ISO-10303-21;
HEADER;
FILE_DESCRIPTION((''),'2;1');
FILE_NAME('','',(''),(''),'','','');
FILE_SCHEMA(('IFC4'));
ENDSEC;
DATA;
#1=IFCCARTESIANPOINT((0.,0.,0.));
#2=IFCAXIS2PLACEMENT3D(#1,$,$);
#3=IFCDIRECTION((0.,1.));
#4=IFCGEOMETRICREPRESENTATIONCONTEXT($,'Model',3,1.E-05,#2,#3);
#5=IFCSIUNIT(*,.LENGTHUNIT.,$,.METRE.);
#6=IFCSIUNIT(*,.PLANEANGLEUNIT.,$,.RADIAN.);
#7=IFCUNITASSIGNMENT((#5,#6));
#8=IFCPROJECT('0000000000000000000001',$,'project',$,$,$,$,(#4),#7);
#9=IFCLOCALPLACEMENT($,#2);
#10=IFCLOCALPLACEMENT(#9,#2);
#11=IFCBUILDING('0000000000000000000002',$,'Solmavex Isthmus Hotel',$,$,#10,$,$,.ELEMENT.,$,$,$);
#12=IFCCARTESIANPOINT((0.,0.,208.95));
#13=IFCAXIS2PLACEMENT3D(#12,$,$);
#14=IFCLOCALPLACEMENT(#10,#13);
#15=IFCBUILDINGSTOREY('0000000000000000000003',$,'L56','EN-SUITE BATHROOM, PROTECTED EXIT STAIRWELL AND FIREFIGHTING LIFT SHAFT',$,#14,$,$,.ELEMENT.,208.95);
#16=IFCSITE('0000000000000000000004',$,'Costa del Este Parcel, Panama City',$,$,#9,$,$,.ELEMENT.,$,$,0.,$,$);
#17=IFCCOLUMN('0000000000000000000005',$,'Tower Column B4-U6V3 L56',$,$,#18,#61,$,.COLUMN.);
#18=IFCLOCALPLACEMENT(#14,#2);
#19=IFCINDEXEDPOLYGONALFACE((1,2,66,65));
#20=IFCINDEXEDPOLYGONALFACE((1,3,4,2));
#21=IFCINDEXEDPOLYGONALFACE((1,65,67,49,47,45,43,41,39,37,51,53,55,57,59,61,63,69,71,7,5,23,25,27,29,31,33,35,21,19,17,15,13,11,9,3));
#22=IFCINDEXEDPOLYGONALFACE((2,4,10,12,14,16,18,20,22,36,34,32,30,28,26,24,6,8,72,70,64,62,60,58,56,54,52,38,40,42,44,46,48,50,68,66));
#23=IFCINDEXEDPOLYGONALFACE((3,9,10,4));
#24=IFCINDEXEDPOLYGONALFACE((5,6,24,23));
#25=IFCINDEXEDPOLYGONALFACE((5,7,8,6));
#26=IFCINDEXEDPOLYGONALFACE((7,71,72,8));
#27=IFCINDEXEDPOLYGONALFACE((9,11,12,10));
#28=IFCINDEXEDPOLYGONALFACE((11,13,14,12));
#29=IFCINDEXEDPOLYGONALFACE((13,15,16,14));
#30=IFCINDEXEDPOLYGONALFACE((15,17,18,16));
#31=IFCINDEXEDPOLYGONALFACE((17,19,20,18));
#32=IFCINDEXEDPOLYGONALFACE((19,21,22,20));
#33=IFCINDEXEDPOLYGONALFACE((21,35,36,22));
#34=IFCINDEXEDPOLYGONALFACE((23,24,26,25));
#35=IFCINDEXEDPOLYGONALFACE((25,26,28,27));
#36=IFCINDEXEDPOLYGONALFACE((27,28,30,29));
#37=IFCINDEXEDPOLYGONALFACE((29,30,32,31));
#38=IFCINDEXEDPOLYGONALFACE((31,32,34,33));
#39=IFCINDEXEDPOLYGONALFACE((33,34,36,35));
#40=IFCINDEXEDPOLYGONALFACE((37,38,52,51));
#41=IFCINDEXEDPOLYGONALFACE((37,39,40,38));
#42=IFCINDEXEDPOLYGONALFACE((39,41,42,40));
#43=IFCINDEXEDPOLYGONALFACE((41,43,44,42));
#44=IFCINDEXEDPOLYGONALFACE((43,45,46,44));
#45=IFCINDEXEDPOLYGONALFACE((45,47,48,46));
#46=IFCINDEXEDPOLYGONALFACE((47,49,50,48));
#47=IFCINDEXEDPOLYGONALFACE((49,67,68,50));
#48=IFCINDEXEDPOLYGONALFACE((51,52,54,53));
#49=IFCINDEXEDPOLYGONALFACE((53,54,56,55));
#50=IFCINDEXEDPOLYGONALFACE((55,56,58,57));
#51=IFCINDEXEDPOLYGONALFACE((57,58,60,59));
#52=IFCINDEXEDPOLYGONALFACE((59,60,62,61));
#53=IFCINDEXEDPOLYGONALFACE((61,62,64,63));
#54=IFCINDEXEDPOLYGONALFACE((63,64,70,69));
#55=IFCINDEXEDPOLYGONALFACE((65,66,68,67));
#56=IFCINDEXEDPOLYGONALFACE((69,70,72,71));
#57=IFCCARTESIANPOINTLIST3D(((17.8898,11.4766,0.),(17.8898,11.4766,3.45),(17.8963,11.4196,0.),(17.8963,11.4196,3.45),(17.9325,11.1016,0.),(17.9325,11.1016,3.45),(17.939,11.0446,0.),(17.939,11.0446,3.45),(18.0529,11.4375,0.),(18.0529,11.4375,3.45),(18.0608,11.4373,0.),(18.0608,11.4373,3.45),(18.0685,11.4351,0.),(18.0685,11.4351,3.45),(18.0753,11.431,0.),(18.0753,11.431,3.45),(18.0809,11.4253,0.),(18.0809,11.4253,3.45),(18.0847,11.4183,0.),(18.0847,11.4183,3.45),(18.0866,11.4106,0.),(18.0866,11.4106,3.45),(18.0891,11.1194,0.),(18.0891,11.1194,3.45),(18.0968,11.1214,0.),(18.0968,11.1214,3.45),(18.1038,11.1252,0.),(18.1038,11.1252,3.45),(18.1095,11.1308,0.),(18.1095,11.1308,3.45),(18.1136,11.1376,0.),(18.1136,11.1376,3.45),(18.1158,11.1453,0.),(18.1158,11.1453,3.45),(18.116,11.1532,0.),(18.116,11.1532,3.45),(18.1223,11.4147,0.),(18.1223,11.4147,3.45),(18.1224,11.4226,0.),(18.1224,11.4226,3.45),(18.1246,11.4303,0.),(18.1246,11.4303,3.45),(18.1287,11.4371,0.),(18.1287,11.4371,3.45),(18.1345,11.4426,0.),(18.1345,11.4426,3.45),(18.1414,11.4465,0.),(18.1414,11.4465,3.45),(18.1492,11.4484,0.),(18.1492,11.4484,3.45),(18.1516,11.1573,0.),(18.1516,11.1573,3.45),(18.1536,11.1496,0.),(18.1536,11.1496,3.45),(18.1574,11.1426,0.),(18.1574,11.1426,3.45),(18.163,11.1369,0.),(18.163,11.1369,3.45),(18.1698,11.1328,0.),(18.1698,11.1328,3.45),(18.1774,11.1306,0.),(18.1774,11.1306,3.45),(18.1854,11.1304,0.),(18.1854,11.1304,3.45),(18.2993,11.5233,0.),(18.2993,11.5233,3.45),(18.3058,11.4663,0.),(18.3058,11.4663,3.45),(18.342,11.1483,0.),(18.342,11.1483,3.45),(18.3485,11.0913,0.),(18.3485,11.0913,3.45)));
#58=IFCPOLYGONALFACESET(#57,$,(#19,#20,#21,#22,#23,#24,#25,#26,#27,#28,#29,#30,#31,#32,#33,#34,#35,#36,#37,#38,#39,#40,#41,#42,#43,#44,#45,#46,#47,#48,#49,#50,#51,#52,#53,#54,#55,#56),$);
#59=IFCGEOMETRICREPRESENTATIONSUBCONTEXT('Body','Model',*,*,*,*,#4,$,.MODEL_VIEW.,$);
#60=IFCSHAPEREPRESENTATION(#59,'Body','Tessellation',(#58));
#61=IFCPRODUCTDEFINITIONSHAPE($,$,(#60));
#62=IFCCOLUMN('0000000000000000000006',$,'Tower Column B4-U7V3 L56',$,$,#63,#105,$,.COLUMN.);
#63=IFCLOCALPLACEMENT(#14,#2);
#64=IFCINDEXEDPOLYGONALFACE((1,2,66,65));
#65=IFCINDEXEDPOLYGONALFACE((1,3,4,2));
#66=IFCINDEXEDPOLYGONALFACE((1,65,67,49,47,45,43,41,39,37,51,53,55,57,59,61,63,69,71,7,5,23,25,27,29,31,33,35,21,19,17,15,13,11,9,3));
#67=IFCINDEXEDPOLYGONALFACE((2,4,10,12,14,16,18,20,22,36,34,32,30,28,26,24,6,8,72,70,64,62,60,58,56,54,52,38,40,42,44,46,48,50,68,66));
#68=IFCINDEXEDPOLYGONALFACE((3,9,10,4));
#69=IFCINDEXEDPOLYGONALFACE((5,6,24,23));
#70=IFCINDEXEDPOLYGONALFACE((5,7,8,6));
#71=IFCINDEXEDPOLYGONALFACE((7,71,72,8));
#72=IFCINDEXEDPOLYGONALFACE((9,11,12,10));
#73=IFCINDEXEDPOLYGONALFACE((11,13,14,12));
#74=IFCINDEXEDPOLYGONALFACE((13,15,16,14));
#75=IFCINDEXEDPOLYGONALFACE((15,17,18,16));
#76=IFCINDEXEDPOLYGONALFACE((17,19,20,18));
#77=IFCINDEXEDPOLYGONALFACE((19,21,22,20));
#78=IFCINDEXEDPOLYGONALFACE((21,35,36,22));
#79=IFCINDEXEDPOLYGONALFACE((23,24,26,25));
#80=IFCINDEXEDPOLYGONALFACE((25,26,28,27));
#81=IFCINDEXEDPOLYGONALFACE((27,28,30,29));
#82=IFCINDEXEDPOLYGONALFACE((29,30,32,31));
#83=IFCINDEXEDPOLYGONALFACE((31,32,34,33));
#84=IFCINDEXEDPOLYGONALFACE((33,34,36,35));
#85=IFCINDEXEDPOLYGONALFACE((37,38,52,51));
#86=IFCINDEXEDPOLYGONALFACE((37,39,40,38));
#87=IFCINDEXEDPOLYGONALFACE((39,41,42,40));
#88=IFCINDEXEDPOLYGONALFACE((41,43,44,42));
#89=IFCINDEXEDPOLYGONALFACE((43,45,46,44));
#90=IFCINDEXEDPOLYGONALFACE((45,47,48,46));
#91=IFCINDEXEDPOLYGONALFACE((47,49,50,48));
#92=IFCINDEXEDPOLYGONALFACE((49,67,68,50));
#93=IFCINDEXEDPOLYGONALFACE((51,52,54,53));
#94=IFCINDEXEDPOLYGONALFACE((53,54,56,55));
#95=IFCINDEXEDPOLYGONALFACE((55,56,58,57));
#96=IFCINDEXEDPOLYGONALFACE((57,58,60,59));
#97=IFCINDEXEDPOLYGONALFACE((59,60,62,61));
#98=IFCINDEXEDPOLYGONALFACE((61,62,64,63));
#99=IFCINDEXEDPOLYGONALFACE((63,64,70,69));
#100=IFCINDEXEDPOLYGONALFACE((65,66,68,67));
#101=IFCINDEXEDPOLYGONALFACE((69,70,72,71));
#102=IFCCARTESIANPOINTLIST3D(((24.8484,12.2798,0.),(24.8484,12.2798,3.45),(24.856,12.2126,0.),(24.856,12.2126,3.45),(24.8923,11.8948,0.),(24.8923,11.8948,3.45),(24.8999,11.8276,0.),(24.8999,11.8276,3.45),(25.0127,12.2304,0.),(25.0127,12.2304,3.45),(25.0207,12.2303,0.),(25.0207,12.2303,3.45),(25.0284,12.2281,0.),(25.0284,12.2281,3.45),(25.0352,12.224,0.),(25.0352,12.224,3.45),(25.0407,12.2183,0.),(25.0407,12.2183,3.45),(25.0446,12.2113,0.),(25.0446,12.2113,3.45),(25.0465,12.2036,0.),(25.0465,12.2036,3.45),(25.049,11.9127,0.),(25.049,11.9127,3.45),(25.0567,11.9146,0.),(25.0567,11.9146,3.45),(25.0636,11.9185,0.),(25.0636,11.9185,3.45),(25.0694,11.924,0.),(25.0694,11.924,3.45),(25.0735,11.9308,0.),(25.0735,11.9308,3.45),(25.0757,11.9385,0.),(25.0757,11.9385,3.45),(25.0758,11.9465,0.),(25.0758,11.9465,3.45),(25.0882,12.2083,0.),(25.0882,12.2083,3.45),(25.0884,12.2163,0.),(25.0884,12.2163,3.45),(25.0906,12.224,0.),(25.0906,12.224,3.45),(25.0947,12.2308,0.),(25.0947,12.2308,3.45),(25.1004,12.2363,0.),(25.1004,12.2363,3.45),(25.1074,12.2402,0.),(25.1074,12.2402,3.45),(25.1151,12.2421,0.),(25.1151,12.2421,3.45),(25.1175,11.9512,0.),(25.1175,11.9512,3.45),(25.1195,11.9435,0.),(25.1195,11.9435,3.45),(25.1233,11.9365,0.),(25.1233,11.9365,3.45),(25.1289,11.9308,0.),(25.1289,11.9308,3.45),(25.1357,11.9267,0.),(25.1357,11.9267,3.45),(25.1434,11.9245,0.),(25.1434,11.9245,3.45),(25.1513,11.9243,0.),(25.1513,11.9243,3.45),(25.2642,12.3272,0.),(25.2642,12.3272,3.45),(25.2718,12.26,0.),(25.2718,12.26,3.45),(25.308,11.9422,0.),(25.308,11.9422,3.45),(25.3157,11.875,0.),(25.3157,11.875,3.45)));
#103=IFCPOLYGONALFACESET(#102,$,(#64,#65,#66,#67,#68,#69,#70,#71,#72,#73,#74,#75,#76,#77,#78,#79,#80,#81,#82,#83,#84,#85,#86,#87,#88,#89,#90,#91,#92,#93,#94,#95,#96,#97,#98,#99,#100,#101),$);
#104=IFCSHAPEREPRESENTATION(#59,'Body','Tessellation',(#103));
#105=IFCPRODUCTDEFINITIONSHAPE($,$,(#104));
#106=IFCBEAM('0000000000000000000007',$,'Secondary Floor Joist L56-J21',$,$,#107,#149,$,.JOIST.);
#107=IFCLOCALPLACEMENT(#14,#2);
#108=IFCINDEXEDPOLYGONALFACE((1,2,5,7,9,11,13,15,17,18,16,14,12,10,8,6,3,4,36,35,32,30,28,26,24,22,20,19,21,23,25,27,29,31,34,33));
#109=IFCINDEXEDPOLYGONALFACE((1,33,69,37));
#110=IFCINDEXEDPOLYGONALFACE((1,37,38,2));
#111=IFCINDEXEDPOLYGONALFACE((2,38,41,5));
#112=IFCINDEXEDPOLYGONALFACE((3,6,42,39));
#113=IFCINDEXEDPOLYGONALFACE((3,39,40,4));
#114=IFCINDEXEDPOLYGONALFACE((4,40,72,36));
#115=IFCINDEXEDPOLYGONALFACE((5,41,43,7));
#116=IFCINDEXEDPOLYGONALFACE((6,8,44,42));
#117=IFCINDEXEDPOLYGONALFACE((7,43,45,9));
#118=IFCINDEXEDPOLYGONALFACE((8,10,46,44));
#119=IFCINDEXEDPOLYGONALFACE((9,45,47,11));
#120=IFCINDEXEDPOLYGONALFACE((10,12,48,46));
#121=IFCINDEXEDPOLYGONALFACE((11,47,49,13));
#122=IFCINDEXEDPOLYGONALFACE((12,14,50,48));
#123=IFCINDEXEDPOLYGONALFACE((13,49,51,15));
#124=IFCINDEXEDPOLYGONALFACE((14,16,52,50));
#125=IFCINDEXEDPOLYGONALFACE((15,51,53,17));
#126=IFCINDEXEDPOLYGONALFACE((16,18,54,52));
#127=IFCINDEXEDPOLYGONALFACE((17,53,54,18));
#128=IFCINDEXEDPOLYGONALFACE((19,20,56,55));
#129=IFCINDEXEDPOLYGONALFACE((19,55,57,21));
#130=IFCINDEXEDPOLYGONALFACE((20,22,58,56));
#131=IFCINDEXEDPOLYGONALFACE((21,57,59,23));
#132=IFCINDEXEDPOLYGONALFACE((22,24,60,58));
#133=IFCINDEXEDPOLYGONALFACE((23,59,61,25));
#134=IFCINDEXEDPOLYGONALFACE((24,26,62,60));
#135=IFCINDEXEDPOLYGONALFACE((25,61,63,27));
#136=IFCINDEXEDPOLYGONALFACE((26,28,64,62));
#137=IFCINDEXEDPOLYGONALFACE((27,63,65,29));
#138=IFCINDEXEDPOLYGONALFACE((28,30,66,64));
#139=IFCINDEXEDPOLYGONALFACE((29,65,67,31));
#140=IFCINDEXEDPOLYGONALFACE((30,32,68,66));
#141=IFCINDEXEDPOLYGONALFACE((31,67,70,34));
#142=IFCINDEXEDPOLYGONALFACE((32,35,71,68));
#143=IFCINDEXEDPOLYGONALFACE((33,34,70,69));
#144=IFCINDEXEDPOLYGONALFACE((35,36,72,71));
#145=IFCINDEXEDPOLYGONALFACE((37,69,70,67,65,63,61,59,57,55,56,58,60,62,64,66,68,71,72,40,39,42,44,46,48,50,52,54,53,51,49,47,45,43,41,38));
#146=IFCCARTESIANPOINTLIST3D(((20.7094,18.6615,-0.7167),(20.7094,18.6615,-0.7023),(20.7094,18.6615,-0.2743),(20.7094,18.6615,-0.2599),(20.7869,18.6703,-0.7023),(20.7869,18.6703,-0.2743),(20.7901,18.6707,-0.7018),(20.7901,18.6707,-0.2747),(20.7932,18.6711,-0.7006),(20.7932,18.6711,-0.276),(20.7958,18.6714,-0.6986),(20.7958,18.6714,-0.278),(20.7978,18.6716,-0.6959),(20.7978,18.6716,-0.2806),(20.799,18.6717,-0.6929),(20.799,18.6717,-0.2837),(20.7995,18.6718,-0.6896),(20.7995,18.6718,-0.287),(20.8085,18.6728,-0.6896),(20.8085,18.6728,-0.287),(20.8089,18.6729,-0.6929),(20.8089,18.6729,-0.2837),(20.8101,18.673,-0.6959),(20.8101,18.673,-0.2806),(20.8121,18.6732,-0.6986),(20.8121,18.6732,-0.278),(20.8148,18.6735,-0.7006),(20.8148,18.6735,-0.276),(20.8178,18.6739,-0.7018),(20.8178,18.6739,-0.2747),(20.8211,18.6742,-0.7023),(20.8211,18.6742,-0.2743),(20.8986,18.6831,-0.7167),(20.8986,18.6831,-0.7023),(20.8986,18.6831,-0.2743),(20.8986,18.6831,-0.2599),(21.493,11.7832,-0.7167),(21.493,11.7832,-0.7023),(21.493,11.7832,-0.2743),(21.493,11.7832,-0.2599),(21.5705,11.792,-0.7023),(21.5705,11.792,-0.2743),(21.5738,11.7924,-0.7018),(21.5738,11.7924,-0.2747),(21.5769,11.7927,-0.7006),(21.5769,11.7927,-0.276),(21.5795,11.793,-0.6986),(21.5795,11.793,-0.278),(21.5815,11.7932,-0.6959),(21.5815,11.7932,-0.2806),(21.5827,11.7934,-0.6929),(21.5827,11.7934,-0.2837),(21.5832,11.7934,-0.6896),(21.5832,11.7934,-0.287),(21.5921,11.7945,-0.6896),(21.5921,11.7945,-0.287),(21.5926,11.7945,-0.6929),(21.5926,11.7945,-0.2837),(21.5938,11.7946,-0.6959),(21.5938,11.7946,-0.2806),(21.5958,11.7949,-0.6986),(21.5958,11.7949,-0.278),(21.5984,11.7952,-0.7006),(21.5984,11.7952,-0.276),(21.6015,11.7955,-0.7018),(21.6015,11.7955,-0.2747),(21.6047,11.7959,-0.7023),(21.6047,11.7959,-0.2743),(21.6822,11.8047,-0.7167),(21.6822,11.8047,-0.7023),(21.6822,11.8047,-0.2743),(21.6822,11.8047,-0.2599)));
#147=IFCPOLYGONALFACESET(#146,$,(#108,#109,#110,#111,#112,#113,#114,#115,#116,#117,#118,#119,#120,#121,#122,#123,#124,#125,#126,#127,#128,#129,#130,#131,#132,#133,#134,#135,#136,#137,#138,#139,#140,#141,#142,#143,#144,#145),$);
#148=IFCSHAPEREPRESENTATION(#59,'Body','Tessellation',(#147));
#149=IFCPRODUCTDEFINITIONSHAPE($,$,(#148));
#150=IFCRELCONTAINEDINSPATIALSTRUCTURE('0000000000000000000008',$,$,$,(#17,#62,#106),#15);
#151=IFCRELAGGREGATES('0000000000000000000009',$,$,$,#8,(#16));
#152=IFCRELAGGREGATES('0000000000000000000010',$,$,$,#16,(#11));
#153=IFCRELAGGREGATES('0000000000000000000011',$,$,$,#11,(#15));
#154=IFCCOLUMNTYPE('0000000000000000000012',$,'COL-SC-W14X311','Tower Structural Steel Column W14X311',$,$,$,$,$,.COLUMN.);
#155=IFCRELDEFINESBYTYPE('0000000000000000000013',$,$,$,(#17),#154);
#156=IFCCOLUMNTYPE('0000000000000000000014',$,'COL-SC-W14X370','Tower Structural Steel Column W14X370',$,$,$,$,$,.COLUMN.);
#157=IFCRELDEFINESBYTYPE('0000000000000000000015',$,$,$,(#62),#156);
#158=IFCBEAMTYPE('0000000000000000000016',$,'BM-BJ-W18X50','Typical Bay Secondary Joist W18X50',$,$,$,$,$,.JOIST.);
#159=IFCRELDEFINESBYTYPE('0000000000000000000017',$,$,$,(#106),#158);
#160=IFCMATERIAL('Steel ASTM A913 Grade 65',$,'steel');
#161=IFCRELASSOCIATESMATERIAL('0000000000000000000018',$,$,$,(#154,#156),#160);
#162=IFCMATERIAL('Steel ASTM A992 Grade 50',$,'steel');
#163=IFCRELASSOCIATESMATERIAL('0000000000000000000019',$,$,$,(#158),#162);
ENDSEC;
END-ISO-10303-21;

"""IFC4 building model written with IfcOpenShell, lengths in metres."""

from ifc_helpers import new_model, si_unit, direction, frame, origin, origin_2d, place, context, subcontext, project, spatial, i_section, extrude, material, material_profile, profile_set, type_object, element, save


model = new_model("IFC4")

# Units and contexts
model_context = context("Model", 3, precision=1e-05, world=origin(), true_north=direction((0.0, 1.0)))
body_context = subcontext(model_context, "Body", "Model", "MODEL_VIEW")
ifc_project = project(units=[si_unit("LENGTHUNIT", "METRE"), si_unit("PLANEANGLEUNIT", "RADIAN")], contexts=[model_context])

# Site, building, storey
site_placement = place(None, origin())
site = spatial("IfcSite", under=ifc_project, at=site_placement, Name="Costa del Este Parcel, Panama City", CompositionType="ELEMENT", RefElevation=0.0)
building_placement = place(site_placement, origin())
building = spatial("IfcBuilding", under=site, at=building_placement, Name="Solmavex Isthmus Hotel", CompositionType="ELEMENT")
storey_placement = place(building_placement, frame((0.0, 0.0, 208.95)))
storey = spatial("IfcBuildingStorey", under=building, at=storey_placement, Name="L56", Description="EN-SUITE BATHROOM, PROTECTED EXIT STAIRWELL AND FIREFIGHTING LIFT SHAFT", CompositionType="ELEMENT", Elevation=208.95)

# Columns
ifc_material_1 = material(Name="Steel ASTM A913 Grade 65", Category="steel")
ifc_material_profile_1 = material_profile(ifc_material_1, i_section(OverallWidth=0.4121, OverallDepth=0.4348, WebThickness=0.0359, FlangeThickness=0.0574, FilletRadius=0.0305, at=origin_2d()), Name="W14X311")
ifc_profile_set_1 = profile_set([ifc_material_profile_1], Name="Steel ASTM A913 Grade 65")
column_type_1 = type_object("IfcColumnType", Name="COL-SC-W14X311", Description="Tower Structural Steel Column W14X311", PredefinedType="COLUMN", material=ifc_profile_set_1)
column_1_placement = place(storey_placement, frame((18.1191, 11.2839, 0.0), z_axis=(0.0, 0.0, 1.0), x_axis=(0.993572, 0.113203, 0.0)))
element("IfcColumn", 1, at=column_1_placement, inside=storey, type_object=column_type_1, Name="Tower Column B4-U6V3 L56", PredefinedType="COLUMN", context=body_context, shape_type="SweptSolid", body=[
    extrude(i_section(OverallWidth=0.4121, OverallDepth=0.4348, WebThickness=0.0359, FlangeThickness=0.0574, FilletRadius=0.0305, at=origin_2d()), origin(), (0.0, 0.0, 1.0), 3.45),
])
ifc_material_profile_2 = material_profile(ifc_material_1, i_section(OverallWidth=0.4185, OverallDepth=0.4551, WebThickness=0.042, FlangeThickness=0.0676, FilletRadius=0.0305, at=origin_2d()), Name="W14X370")
ifc_profile_set_2 = profile_set([ifc_material_profile_2], Name="Steel ASTM A913 Grade 65")
column_type_2 = type_object("IfcColumnType", Name="COL-SC-W14X370", Description="Tower Structural Steel Column W14X370", PredefinedType="COLUMN", material=ifc_profile_set_2)
column_2_placement = place(storey_placement, frame((25.082, 12.0774, 0.0), z_axis=(0.0, 0.0, 1.0), x_axis=(0.993572, 0.113203, 0.0)))
element("IfcColumn", 2, at=column_2_placement, inside=storey, type_object=column_type_2, Name="Tower Column B4-U7V3 L56", PredefinedType="COLUMN", context=body_context, shape_type="SweptSolid", body=[
    extrude(i_section(OverallWidth=0.4185, OverallDepth=0.4551, WebThickness=0.042, FlangeThickness=0.0676, FilletRadius=0.0305, at=origin_2d()), origin(), (0.0, 0.0, 1.0), 3.45),
])

# Beam
ifc_material_2 = material(Name="Steel ASTM A992 Grade 50", Category="steel")
ifc_material_profile_3 = material_profile(ifc_material_2, i_section(OverallWidth=0.1904, OverallDepth=0.4568, WebThickness=0.009, FlangeThickness=0.0144, FilletRadius=0.0127, at=origin_2d()), Name="W18X50")
ifc_profile_set_3 = profile_set([ifc_material_profile_3], Name="Steel ASTM A992 Grade 50")
beam_type_1 = type_object("IfcBeamType", Name="BM-BJ-W18X50", Description="Typical Bay Secondary Joist W18X50", PredefinedType="JOIST", material=ifc_profile_set_3)
beam_1_placement = place(storey_placement, frame((21.5876, 11.7939, -0.4883), z_axis=(-0.113202, 0.993572, 0.0), x_axis=(-0.993572, -0.113202, 0.0)))
element("IfcBeam", 3, at=beam_1_placement, inside=storey, type_object=beam_type_1, Name="Secondary Floor Joist L56-J21", PredefinedType="JOIST", context=body_context, shape_type="SweptSolid", body=[
    extrude(i_section(OverallWidth=0.1904, OverallDepth=0.4568, WebThickness=0.009, FlangeThickness=0.0144, FilletRadius=0.0127, at=origin_2d()), origin(), (0.0, 0.0, 1.0), 6.9229),
])

save(model, "model.ifc")
